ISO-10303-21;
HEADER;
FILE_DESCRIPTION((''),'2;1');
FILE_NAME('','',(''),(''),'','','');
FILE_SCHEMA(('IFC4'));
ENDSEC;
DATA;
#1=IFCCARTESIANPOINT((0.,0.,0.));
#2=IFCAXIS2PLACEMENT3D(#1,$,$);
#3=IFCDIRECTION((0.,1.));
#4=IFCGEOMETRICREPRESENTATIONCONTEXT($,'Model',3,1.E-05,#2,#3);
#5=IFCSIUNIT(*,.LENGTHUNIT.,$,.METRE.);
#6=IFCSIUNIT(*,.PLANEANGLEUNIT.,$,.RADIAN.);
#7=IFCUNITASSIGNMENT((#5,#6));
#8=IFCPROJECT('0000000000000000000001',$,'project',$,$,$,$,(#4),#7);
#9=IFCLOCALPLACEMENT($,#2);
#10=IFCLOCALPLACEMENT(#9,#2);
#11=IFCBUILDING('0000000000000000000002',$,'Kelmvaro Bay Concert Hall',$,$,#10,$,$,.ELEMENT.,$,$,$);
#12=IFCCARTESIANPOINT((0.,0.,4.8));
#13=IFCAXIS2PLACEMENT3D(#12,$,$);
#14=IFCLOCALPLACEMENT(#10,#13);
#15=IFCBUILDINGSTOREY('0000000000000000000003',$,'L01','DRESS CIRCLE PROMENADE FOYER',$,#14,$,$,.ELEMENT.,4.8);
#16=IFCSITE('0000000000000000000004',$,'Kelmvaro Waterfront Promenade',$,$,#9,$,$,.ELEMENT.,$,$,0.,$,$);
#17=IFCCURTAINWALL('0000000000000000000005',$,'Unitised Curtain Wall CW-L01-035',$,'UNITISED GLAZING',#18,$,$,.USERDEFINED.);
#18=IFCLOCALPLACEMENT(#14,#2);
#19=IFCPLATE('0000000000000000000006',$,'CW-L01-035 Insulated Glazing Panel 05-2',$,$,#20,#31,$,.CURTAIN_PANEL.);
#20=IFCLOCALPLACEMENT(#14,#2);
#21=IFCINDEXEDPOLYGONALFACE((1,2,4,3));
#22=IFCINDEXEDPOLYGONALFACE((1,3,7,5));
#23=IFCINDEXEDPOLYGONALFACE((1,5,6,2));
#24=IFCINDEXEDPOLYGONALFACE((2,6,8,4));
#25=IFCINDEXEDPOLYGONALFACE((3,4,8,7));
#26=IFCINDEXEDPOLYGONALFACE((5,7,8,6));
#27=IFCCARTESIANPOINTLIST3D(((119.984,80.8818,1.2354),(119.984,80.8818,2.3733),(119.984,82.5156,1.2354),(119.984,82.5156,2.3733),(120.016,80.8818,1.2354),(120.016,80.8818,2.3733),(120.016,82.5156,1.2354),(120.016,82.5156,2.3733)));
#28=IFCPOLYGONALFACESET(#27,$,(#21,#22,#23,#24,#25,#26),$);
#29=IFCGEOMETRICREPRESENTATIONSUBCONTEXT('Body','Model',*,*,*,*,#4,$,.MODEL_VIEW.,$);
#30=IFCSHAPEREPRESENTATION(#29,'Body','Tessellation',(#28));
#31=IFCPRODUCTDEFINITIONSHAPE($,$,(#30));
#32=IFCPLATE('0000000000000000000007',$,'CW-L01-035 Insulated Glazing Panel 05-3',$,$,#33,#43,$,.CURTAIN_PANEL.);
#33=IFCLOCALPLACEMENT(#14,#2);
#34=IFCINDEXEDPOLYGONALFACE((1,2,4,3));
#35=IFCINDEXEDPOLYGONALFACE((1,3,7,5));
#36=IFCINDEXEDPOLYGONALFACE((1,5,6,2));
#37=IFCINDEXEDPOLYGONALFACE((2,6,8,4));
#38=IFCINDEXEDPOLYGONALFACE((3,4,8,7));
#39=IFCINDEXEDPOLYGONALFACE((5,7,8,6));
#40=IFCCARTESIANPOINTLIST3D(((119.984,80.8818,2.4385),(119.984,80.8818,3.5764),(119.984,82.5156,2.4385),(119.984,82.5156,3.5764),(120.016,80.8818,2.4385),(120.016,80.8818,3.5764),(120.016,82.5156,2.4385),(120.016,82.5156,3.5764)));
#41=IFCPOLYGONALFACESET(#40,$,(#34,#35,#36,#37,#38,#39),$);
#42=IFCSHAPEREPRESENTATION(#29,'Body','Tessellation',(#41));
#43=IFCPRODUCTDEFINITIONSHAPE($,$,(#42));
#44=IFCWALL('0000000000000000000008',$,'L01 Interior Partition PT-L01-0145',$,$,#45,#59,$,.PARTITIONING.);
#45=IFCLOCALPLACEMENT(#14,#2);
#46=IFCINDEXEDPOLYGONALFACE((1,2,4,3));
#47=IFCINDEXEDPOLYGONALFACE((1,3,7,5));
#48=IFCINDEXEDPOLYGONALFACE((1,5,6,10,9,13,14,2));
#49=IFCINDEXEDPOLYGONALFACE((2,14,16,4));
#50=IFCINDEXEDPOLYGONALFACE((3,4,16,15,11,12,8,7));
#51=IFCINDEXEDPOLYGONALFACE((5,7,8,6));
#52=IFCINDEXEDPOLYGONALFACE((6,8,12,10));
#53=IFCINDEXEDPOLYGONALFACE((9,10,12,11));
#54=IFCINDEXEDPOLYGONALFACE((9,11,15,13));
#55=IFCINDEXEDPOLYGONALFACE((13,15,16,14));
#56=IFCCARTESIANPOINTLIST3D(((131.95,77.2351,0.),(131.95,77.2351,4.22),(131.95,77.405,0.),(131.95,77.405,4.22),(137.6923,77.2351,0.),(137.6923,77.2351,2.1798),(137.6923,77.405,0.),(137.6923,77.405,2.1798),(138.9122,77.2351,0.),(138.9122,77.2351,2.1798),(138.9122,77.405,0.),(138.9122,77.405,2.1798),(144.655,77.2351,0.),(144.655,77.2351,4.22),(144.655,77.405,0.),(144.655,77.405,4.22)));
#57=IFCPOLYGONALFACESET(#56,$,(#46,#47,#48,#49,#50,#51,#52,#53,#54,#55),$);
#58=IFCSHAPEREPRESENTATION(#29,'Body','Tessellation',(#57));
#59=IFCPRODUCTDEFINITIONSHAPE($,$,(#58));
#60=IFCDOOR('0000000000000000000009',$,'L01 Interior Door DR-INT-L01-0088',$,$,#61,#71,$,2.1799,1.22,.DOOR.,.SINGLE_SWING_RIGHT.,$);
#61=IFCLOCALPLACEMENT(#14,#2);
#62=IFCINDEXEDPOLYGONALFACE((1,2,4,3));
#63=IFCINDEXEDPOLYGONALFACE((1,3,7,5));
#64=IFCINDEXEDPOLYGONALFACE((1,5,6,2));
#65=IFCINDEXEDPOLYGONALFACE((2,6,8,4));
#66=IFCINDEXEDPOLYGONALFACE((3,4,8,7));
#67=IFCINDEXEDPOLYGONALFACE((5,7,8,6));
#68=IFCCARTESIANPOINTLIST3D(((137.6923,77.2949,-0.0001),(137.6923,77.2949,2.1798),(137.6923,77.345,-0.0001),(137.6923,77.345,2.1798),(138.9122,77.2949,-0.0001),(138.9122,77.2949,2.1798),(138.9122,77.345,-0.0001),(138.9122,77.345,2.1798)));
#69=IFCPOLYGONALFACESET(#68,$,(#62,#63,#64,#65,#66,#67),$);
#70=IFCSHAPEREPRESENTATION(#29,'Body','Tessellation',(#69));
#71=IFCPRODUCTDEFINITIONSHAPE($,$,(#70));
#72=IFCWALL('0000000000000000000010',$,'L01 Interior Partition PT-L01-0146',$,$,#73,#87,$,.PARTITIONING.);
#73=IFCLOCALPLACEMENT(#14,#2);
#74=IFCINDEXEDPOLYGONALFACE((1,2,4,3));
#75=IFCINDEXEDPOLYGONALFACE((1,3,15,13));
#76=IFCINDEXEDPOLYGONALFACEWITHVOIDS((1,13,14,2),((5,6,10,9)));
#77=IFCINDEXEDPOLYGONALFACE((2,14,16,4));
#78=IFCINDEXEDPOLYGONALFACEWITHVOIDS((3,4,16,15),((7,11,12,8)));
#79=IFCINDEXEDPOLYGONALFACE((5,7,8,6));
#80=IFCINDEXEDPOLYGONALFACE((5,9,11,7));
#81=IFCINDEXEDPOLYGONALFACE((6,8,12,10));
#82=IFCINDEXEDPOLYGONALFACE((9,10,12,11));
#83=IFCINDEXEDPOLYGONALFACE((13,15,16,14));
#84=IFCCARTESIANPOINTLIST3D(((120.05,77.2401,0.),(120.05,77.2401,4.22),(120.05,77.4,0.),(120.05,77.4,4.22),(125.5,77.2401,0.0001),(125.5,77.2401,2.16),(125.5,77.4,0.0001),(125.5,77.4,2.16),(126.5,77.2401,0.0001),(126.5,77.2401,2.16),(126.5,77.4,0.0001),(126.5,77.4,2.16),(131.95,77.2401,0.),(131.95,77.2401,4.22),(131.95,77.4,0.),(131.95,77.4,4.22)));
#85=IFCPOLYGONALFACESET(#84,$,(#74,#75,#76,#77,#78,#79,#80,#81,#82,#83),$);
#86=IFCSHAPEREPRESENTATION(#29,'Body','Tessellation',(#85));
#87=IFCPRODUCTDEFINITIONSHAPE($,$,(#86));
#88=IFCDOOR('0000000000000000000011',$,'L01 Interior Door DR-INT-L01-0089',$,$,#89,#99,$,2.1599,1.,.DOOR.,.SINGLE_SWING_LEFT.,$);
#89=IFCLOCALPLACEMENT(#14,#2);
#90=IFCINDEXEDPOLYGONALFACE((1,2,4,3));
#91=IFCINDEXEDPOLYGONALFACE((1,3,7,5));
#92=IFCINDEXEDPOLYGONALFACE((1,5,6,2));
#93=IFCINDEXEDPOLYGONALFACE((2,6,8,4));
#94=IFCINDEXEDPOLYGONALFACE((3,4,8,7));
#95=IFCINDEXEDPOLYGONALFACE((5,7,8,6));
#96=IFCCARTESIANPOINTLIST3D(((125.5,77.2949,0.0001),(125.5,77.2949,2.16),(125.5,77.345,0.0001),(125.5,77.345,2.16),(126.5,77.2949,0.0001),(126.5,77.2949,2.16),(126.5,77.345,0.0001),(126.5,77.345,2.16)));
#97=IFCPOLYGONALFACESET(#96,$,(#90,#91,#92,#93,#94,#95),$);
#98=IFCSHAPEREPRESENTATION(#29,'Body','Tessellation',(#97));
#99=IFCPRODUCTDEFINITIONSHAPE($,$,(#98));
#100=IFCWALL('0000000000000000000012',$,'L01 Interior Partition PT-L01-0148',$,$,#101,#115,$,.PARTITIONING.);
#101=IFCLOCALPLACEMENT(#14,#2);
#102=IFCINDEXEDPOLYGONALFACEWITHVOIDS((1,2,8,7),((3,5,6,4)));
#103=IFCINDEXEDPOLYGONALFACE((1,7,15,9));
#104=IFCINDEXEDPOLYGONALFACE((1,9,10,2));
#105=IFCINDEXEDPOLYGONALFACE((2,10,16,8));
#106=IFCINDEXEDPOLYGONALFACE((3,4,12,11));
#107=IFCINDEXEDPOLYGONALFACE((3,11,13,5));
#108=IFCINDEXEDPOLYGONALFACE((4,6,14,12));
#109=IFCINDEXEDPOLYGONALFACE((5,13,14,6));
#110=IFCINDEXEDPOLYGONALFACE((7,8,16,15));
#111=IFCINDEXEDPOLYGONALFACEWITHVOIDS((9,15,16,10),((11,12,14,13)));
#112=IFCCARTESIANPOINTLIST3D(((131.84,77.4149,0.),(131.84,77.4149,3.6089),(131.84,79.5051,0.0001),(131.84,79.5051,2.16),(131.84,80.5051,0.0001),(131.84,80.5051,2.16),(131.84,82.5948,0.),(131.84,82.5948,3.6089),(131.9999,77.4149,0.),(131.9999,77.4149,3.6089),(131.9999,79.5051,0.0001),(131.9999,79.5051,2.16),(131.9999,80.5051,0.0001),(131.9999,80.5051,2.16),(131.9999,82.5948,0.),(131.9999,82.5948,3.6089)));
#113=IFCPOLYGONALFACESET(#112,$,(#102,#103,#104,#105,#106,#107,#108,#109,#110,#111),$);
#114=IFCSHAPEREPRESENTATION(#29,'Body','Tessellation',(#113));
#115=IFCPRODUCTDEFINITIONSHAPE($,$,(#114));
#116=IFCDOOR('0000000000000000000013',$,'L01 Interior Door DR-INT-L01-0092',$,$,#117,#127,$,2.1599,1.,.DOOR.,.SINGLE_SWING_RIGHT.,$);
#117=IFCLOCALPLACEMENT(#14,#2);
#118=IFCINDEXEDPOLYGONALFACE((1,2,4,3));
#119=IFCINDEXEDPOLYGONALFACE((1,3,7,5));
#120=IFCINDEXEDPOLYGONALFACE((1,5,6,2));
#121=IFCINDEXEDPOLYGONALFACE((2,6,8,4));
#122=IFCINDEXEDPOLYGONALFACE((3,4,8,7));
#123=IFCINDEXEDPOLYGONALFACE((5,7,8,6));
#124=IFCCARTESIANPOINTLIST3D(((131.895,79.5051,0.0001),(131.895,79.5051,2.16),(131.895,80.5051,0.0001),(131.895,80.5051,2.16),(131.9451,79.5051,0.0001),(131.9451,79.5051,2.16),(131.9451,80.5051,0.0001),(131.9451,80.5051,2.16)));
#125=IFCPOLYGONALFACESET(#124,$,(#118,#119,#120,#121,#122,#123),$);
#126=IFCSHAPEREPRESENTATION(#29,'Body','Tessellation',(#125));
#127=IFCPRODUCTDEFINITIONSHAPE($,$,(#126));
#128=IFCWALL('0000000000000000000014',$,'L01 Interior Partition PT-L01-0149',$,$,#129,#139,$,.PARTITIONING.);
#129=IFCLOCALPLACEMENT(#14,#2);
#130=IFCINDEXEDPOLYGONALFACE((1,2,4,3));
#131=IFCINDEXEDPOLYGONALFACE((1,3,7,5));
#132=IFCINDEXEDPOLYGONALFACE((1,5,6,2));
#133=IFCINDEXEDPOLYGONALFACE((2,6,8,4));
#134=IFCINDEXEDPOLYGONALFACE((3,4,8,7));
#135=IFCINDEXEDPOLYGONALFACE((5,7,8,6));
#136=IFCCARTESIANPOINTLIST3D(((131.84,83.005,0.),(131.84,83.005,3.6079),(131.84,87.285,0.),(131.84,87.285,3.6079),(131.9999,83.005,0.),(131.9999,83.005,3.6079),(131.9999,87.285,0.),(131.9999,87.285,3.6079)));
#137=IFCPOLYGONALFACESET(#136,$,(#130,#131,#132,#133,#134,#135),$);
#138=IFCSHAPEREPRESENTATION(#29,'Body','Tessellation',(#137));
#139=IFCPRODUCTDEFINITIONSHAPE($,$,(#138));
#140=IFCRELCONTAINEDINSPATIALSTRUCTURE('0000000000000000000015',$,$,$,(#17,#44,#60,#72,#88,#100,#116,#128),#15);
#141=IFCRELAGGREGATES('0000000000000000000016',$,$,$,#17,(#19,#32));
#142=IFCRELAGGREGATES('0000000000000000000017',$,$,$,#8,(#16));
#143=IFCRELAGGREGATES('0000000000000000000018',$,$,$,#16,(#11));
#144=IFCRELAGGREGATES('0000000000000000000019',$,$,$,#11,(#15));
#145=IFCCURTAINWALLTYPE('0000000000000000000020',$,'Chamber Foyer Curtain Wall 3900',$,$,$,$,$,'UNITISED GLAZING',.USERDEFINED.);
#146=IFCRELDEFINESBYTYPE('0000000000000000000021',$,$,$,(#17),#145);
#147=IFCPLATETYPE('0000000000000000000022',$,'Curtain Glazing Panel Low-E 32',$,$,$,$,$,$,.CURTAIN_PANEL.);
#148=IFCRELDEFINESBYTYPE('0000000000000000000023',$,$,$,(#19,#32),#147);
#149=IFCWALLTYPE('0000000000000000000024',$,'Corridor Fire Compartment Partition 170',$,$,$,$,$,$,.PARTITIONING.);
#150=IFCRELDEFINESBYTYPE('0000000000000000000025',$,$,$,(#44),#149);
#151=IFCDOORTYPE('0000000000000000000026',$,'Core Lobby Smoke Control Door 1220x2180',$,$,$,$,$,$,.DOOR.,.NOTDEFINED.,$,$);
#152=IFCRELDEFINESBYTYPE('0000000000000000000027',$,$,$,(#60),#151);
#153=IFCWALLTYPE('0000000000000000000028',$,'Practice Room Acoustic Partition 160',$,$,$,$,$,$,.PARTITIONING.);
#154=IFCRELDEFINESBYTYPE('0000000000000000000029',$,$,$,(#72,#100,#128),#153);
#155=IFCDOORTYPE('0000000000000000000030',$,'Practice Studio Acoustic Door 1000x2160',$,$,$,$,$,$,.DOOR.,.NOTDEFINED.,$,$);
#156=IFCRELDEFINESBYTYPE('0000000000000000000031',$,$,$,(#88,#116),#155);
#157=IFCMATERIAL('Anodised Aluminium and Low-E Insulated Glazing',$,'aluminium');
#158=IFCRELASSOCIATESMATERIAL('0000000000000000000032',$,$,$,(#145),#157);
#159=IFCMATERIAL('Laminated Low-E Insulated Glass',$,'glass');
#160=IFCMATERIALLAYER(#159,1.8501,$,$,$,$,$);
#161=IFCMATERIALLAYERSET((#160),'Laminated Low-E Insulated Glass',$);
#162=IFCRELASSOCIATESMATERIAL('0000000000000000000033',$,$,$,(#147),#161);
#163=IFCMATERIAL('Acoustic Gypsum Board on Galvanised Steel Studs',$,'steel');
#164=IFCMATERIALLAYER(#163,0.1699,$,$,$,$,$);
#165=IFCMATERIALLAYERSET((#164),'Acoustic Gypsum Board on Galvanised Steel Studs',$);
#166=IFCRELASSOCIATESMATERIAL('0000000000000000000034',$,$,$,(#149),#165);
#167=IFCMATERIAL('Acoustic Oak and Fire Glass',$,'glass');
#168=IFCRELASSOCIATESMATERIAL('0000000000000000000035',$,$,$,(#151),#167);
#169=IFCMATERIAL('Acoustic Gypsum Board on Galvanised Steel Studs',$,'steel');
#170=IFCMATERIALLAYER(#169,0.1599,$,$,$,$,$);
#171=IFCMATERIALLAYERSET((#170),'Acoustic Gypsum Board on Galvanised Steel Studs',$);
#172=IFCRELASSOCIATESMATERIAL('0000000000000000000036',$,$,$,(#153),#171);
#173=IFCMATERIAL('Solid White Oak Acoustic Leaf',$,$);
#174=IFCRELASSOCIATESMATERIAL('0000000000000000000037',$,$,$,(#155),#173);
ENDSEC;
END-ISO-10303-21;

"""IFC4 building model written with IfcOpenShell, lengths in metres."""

from ifc_helpers import new_model, si_unit, direction, frame, frame_2d, origin, origin_2d, place, context, subcontext, project, spatial, rectangle, extrude, material, layer, layer_set, type_object, element, fill, aggregate, save


model = new_model("IFC4")

# Units and contexts
model_context = context("Model", 3, precision=1e-05, world=origin(), true_north=direction((0.0, 1.0)))
body_context = subcontext(model_context, "Body", "Model", "MODEL_VIEW")
ifc_project = project(units=[si_unit("LENGTHUNIT", "METRE"), si_unit("PLANEANGLEUNIT", "RADIAN")], contexts=[model_context])

# Site, building, storey
site_placement = place(None, origin())
site = spatial("IfcSite", under=ifc_project, at=site_placement, Name="Kelmvaro Waterfront Promenade", CompositionType="ELEMENT", RefElevation=0.0)
building_placement = place(site_placement, origin())
building = spatial("IfcBuilding", under=site, at=building_placement, Name="Kelmvaro Bay Concert Hall", CompositionType="ELEMENT")
storey_placement = place(building_placement, frame((0.0, 0.0, 4.8)))
storey = spatial("IfcBuildingStorey", under=building, at=storey_placement, Name="L01", Description="DRESS CIRCLE PROMENADE FOYER", CompositionType="ELEMENT", Elevation=4.8)

# Shared definitions
ifc_material_1 = material(Name="Anodised Aluminium and Low-E Insulated Glazing", Category="aluminium")
curtain_wall_type = type_object("IfcCurtainWallType", Name="Chamber Foyer Curtain Wall 3900", ElementType="UNITISED GLAZING", PredefinedType="USERDEFINED", material=ifc_material_1)

# Curtain wall, plates
curtain_wall_1_placement = place(storey_placement, origin())
curtain_wall_1 = element("IfcCurtainWall", 1, at=curtain_wall_1_placement, inside=storey, type_object=curtain_wall_type, Name="Unitised Curtain Wall CW-L01-035", ObjectType="UNITISED GLAZING", PredefinedType="USERDEFINED")
ifc_material_2 = material(Name="Laminated Low-E Insulated Glass", Category="glass")
ifc_layer_1 = layer(ifc_material_2, 1.8501)
ifc_layer_set_1 = layer_set([ifc_layer_1], Name="Laminated Low-E Insulated Glass")
plate_type = type_object("IfcPlateType", Name="Curtain Glazing Panel Low-E 32", PredefinedType="CURTAIN_PANEL", material=ifc_layer_set_1)
plate_1_placement = place(storey_placement, frame((120.0, 81.6987, 1.2354), z_axis=(0.0, 0.0, 1.0), x_axis=(0.0, 1.0, 0.0)))
plate_1 = element("IfcPlate", 2, at=plate_1_placement, type_object=plate_type, Name="CW-L01-035 Insulated Glazing Panel 05-2", PredefinedType="CURTAIN_PANEL", context=body_context, shape_type="SweptSolid", body=[
    extrude(rectangle(XDim=1.6338, YDim=0.032, at=origin_2d()), origin(), (0.0, 0.0, 1.0), 1.1379),
])
plate_2_placement = place(storey_placement, frame((120.0, 81.6987, 2.4385), z_axis=(0.0, 0.0, 1.0), x_axis=(0.0, 1.0, 0.0)))
plate_2 = element("IfcPlate", 3, at=plate_2_placement, type_object=plate_type, Name="CW-L01-035 Insulated Glazing Panel 05-3", PredefinedType="CURTAIN_PANEL", context=body_context, shape_type="SweptSolid", body=[
    extrude(rectangle(XDim=1.6338, YDim=0.032, at=origin_2d()), origin(), (0.0, 0.0, 1.0), 1.1379),
])
aggregate(curtain_wall_1, [plate_1, plate_2])

# Walls, openings, doors
ifc_material_3 = material(Name="Acoustic Gypsum Board on Galvanised Steel Studs", Category="steel")
ifc_layer_2 = layer(ifc_material_3, 0.1699)
ifc_layer_set_2 = layer_set([ifc_layer_2], Name="Acoustic Gypsum Board on Galvanised Steel Studs")
wall_type_1 = type_object("IfcWallType", Name="Corridor Fire Compartment Partition 170", PredefinedType="PARTITIONING", material=ifc_layer_set_2)
wall_1_placement = place(storey_placement, frame((131.95, 77.3201, 0.0), z_axis=(0.0, 0.0, 1.0), x_axis=(1.0, 0.0, 0.0)))
wall_1 = element("IfcWall", 4, at=wall_1_placement, inside=storey, type_object=wall_type_1, Name="L01 Interior Partition PT-L01-0145", PredefinedType="PARTITIONING", context=body_context, shape_type="SweptSolid", body=[
    extrude(rectangle(XDim=12.7051, YDim=0.1699, at=frame_2d((6.3525, 0.0))), origin(), (0.0, 0.0, 1.0), 4.22),
])
opening_1_placement = place(wall_1_placement, frame((5.7424, 0.0, 0.0)))
opening_1 = element("IfcOpeningElement", 5, at=opening_1_placement, cuts=wall_1, PredefinedType="OPENING", context=body_context, shape_type="SweptSolid", body=[
    extrude(rectangle(XDim=1.22, YDim=2.1799, at=frame_2d((0.6099, 1.0898))), frame((0.0, 0.095, 0.0), z_axis=(0.0, -1.0, 0.0), x_axis=(1.0, 0.0, 0.0)), (0.0, 0.0, 1.0), 0.1899),
])
ifc_material_4 = material(Name="Acoustic Oak and Fire Glass", Category="glass")
door_type_1 = type_object("IfcDoorType", Name="Core Lobby Smoke Control Door 1220x2180", OperationType="NOTDEFINED", PredefinedType="DOOR", material=ifc_material_4)
door_1_placement = place(opening_1_placement, origin())
door_1 = element("IfcDoor", 6, at=door_1_placement, inside=storey, type_object=door_type_1, Name="L01 Interior Door DR-INT-L01-0088", OperationType="SINGLE_SWING_RIGHT", OverallHeight=2.1799, OverallWidth=1.22, PredefinedType="DOOR", context=body_context, shape_type="SweptSolid", body=[
    extrude(rectangle(XDim=1.22, YDim=2.1799, at=frame_2d((0.6099, 1.0898))), frame((0.0, 0.0249, 0.0), z_axis=(0.0, -1.0, 0.0), x_axis=(1.0, 0.0, 0.0)), (0.0, 0.0, 1.0), 0.05),
])
fill(opening_1, door_1)
ifc_material_5 = material(Name="Acoustic Gypsum Board on Galvanised Steel Studs", Category="steel")
ifc_layer_3 = layer(ifc_material_5, 0.1599)
ifc_layer_set_3 = layer_set([ifc_layer_3], Name="Acoustic Gypsum Board on Galvanised Steel Studs")
wall_type_2 = type_object("IfcWallType", Name="Practice Room Acoustic Partition 160", PredefinedType="PARTITIONING", material=ifc_layer_set_3)
wall_2_placement = place(storey_placement, frame((120.05, 77.3201, 0.0), z_axis=(0.0, 0.0, 1.0), x_axis=(1.0, 0.0, 0.0)))
wall_2 = element("IfcWall", 7, at=wall_2_placement, inside=storey, type_object=wall_type_2, Name="L01 Interior Partition PT-L01-0146", PredefinedType="PARTITIONING", context=body_context, shape_type="SweptSolid", body=[
    extrude(rectangle(XDim=11.8999, YDim=0.1599, at=frame_2d((5.95, 0.0))), origin(), (0.0, 0.0, 1.0), 4.22),
])
opening_2_placement = place(wall_2_placement, frame((5.45, 0.0, 0.0)))
opening_2 = element("IfcOpeningElement", 8, at=opening_2_placement, cuts=wall_2, PredefinedType="OPENING", context=body_context, shape_type="SweptSolid", body=[
    extrude(rectangle(XDim=1.0, YDim=2.1599, at=frame_2d((0.5, 1.0801))), frame((0.0, 0.0898, 0.0), z_axis=(0.0, -1.0, 0.0), x_axis=(1.0, 0.0, 0.0)), (0.0, 0.0, 1.0), 0.1799),
])
ifc_material_6 = material(Name="Solid White Oak Acoustic Leaf")
door_type_2 = type_object("IfcDoorType", Name="Practice Studio Acoustic Door 1000x2160", OperationType="NOTDEFINED", PredefinedType="DOOR", material=ifc_material_6)
door_2_placement = place(opening_2_placement, origin())
door_2 = element("IfcDoor", 9, at=door_2_placement, inside=storey, type_object=door_type_2, Name="L01 Interior Door DR-INT-L01-0089", OperationType="SINGLE_SWING_LEFT", OverallHeight=2.1599, OverallWidth=1.0, PredefinedType="DOOR", context=body_context, shape_type="SweptSolid", body=[
    extrude(rectangle(XDim=1.0, YDim=2.1599, at=frame_2d((0.5, 1.0801))), frame((0.0, 0.0249, 0.0), z_axis=(0.0, -1.0, 0.0), x_axis=(1.0, 0.0, 0.0)), (0.0, 0.0, 1.0), 0.05),
])
fill(opening_2, door_2)
wall_3_placement = place(storey_placement, frame((131.9199, 77.415, 0.0), z_axis=(0.0, 0.0, 1.0), x_axis=(0.0, 1.0, 0.0)))
wall_3 = element("IfcWall", 10, at=wall_3_placement, inside=storey, type_object=wall_type_2, Name="L01 Interior Partition PT-L01-0148", PredefinedType="PARTITIONING", context=body_context, shape_type="SweptSolid", body=[
    extrude(rectangle(XDim=5.1799, YDim=0.1599, at=frame_2d((2.5898, 0.0))), origin(), (0.0, 0.0, 1.0), 3.6089),
])
opening_3_placement = place(wall_3_placement, frame((2.0901, 0.0, 0.0)))
opening_3 = element("IfcOpeningElement", 11, at=opening_3_placement, cuts=wall_3, PredefinedType="OPENING", context=body_context, shape_type="SweptSolid", body=[
    extrude(rectangle(XDim=1.0, YDim=2.1599, at=frame_2d((0.5, 1.0801))), frame((0.0, 0.0898, 0.0), z_axis=(0.0, -1.0, 0.0), x_axis=(1.0, 0.0, 0.0)), (0.0, 0.0, 1.0), 0.1799),
])
door_3_placement = place(opening_3_placement, origin())
door_3 = element("IfcDoor", 12, at=door_3_placement, inside=storey, type_object=door_type_2, Name="L01 Interior Door DR-INT-L01-0092", OperationType="SINGLE_SWING_RIGHT", OverallHeight=2.1599, OverallWidth=1.0, PredefinedType="DOOR", context=body_context, shape_type="SweptSolid", body=[
    extrude(rectangle(XDim=1.0, YDim=2.1599, at=frame_2d((0.5, 1.0801))), frame((0.0, 0.0249, 0.0), z_axis=(0.0, -1.0, 0.0), x_axis=(1.0, 0.0, 0.0)), (0.0, 0.0, 1.0), 0.05),
])
fill(opening_3, door_3)

# Wall
wall_4_placement = place(storey_placement, frame((131.9199, 83.0049, 0.0), z_axis=(0.0, 0.0, 1.0), x_axis=(0.0, 1.0, 0.0)))
element("IfcWall", 13, at=wall_4_placement, inside=storey, type_object=wall_type_2, Name="L01 Interior Partition PT-L01-0149", PredefinedType="PARTITIONING", context=body_context, shape_type="SweptSolid", body=[
    extrude(rectangle(XDim=4.28, YDim=0.1599, at=frame_2d((2.1401, 0.0))), origin(), (0.0, 0.0, 1.0), 3.6079),
])

save(model, "model.ifc")
